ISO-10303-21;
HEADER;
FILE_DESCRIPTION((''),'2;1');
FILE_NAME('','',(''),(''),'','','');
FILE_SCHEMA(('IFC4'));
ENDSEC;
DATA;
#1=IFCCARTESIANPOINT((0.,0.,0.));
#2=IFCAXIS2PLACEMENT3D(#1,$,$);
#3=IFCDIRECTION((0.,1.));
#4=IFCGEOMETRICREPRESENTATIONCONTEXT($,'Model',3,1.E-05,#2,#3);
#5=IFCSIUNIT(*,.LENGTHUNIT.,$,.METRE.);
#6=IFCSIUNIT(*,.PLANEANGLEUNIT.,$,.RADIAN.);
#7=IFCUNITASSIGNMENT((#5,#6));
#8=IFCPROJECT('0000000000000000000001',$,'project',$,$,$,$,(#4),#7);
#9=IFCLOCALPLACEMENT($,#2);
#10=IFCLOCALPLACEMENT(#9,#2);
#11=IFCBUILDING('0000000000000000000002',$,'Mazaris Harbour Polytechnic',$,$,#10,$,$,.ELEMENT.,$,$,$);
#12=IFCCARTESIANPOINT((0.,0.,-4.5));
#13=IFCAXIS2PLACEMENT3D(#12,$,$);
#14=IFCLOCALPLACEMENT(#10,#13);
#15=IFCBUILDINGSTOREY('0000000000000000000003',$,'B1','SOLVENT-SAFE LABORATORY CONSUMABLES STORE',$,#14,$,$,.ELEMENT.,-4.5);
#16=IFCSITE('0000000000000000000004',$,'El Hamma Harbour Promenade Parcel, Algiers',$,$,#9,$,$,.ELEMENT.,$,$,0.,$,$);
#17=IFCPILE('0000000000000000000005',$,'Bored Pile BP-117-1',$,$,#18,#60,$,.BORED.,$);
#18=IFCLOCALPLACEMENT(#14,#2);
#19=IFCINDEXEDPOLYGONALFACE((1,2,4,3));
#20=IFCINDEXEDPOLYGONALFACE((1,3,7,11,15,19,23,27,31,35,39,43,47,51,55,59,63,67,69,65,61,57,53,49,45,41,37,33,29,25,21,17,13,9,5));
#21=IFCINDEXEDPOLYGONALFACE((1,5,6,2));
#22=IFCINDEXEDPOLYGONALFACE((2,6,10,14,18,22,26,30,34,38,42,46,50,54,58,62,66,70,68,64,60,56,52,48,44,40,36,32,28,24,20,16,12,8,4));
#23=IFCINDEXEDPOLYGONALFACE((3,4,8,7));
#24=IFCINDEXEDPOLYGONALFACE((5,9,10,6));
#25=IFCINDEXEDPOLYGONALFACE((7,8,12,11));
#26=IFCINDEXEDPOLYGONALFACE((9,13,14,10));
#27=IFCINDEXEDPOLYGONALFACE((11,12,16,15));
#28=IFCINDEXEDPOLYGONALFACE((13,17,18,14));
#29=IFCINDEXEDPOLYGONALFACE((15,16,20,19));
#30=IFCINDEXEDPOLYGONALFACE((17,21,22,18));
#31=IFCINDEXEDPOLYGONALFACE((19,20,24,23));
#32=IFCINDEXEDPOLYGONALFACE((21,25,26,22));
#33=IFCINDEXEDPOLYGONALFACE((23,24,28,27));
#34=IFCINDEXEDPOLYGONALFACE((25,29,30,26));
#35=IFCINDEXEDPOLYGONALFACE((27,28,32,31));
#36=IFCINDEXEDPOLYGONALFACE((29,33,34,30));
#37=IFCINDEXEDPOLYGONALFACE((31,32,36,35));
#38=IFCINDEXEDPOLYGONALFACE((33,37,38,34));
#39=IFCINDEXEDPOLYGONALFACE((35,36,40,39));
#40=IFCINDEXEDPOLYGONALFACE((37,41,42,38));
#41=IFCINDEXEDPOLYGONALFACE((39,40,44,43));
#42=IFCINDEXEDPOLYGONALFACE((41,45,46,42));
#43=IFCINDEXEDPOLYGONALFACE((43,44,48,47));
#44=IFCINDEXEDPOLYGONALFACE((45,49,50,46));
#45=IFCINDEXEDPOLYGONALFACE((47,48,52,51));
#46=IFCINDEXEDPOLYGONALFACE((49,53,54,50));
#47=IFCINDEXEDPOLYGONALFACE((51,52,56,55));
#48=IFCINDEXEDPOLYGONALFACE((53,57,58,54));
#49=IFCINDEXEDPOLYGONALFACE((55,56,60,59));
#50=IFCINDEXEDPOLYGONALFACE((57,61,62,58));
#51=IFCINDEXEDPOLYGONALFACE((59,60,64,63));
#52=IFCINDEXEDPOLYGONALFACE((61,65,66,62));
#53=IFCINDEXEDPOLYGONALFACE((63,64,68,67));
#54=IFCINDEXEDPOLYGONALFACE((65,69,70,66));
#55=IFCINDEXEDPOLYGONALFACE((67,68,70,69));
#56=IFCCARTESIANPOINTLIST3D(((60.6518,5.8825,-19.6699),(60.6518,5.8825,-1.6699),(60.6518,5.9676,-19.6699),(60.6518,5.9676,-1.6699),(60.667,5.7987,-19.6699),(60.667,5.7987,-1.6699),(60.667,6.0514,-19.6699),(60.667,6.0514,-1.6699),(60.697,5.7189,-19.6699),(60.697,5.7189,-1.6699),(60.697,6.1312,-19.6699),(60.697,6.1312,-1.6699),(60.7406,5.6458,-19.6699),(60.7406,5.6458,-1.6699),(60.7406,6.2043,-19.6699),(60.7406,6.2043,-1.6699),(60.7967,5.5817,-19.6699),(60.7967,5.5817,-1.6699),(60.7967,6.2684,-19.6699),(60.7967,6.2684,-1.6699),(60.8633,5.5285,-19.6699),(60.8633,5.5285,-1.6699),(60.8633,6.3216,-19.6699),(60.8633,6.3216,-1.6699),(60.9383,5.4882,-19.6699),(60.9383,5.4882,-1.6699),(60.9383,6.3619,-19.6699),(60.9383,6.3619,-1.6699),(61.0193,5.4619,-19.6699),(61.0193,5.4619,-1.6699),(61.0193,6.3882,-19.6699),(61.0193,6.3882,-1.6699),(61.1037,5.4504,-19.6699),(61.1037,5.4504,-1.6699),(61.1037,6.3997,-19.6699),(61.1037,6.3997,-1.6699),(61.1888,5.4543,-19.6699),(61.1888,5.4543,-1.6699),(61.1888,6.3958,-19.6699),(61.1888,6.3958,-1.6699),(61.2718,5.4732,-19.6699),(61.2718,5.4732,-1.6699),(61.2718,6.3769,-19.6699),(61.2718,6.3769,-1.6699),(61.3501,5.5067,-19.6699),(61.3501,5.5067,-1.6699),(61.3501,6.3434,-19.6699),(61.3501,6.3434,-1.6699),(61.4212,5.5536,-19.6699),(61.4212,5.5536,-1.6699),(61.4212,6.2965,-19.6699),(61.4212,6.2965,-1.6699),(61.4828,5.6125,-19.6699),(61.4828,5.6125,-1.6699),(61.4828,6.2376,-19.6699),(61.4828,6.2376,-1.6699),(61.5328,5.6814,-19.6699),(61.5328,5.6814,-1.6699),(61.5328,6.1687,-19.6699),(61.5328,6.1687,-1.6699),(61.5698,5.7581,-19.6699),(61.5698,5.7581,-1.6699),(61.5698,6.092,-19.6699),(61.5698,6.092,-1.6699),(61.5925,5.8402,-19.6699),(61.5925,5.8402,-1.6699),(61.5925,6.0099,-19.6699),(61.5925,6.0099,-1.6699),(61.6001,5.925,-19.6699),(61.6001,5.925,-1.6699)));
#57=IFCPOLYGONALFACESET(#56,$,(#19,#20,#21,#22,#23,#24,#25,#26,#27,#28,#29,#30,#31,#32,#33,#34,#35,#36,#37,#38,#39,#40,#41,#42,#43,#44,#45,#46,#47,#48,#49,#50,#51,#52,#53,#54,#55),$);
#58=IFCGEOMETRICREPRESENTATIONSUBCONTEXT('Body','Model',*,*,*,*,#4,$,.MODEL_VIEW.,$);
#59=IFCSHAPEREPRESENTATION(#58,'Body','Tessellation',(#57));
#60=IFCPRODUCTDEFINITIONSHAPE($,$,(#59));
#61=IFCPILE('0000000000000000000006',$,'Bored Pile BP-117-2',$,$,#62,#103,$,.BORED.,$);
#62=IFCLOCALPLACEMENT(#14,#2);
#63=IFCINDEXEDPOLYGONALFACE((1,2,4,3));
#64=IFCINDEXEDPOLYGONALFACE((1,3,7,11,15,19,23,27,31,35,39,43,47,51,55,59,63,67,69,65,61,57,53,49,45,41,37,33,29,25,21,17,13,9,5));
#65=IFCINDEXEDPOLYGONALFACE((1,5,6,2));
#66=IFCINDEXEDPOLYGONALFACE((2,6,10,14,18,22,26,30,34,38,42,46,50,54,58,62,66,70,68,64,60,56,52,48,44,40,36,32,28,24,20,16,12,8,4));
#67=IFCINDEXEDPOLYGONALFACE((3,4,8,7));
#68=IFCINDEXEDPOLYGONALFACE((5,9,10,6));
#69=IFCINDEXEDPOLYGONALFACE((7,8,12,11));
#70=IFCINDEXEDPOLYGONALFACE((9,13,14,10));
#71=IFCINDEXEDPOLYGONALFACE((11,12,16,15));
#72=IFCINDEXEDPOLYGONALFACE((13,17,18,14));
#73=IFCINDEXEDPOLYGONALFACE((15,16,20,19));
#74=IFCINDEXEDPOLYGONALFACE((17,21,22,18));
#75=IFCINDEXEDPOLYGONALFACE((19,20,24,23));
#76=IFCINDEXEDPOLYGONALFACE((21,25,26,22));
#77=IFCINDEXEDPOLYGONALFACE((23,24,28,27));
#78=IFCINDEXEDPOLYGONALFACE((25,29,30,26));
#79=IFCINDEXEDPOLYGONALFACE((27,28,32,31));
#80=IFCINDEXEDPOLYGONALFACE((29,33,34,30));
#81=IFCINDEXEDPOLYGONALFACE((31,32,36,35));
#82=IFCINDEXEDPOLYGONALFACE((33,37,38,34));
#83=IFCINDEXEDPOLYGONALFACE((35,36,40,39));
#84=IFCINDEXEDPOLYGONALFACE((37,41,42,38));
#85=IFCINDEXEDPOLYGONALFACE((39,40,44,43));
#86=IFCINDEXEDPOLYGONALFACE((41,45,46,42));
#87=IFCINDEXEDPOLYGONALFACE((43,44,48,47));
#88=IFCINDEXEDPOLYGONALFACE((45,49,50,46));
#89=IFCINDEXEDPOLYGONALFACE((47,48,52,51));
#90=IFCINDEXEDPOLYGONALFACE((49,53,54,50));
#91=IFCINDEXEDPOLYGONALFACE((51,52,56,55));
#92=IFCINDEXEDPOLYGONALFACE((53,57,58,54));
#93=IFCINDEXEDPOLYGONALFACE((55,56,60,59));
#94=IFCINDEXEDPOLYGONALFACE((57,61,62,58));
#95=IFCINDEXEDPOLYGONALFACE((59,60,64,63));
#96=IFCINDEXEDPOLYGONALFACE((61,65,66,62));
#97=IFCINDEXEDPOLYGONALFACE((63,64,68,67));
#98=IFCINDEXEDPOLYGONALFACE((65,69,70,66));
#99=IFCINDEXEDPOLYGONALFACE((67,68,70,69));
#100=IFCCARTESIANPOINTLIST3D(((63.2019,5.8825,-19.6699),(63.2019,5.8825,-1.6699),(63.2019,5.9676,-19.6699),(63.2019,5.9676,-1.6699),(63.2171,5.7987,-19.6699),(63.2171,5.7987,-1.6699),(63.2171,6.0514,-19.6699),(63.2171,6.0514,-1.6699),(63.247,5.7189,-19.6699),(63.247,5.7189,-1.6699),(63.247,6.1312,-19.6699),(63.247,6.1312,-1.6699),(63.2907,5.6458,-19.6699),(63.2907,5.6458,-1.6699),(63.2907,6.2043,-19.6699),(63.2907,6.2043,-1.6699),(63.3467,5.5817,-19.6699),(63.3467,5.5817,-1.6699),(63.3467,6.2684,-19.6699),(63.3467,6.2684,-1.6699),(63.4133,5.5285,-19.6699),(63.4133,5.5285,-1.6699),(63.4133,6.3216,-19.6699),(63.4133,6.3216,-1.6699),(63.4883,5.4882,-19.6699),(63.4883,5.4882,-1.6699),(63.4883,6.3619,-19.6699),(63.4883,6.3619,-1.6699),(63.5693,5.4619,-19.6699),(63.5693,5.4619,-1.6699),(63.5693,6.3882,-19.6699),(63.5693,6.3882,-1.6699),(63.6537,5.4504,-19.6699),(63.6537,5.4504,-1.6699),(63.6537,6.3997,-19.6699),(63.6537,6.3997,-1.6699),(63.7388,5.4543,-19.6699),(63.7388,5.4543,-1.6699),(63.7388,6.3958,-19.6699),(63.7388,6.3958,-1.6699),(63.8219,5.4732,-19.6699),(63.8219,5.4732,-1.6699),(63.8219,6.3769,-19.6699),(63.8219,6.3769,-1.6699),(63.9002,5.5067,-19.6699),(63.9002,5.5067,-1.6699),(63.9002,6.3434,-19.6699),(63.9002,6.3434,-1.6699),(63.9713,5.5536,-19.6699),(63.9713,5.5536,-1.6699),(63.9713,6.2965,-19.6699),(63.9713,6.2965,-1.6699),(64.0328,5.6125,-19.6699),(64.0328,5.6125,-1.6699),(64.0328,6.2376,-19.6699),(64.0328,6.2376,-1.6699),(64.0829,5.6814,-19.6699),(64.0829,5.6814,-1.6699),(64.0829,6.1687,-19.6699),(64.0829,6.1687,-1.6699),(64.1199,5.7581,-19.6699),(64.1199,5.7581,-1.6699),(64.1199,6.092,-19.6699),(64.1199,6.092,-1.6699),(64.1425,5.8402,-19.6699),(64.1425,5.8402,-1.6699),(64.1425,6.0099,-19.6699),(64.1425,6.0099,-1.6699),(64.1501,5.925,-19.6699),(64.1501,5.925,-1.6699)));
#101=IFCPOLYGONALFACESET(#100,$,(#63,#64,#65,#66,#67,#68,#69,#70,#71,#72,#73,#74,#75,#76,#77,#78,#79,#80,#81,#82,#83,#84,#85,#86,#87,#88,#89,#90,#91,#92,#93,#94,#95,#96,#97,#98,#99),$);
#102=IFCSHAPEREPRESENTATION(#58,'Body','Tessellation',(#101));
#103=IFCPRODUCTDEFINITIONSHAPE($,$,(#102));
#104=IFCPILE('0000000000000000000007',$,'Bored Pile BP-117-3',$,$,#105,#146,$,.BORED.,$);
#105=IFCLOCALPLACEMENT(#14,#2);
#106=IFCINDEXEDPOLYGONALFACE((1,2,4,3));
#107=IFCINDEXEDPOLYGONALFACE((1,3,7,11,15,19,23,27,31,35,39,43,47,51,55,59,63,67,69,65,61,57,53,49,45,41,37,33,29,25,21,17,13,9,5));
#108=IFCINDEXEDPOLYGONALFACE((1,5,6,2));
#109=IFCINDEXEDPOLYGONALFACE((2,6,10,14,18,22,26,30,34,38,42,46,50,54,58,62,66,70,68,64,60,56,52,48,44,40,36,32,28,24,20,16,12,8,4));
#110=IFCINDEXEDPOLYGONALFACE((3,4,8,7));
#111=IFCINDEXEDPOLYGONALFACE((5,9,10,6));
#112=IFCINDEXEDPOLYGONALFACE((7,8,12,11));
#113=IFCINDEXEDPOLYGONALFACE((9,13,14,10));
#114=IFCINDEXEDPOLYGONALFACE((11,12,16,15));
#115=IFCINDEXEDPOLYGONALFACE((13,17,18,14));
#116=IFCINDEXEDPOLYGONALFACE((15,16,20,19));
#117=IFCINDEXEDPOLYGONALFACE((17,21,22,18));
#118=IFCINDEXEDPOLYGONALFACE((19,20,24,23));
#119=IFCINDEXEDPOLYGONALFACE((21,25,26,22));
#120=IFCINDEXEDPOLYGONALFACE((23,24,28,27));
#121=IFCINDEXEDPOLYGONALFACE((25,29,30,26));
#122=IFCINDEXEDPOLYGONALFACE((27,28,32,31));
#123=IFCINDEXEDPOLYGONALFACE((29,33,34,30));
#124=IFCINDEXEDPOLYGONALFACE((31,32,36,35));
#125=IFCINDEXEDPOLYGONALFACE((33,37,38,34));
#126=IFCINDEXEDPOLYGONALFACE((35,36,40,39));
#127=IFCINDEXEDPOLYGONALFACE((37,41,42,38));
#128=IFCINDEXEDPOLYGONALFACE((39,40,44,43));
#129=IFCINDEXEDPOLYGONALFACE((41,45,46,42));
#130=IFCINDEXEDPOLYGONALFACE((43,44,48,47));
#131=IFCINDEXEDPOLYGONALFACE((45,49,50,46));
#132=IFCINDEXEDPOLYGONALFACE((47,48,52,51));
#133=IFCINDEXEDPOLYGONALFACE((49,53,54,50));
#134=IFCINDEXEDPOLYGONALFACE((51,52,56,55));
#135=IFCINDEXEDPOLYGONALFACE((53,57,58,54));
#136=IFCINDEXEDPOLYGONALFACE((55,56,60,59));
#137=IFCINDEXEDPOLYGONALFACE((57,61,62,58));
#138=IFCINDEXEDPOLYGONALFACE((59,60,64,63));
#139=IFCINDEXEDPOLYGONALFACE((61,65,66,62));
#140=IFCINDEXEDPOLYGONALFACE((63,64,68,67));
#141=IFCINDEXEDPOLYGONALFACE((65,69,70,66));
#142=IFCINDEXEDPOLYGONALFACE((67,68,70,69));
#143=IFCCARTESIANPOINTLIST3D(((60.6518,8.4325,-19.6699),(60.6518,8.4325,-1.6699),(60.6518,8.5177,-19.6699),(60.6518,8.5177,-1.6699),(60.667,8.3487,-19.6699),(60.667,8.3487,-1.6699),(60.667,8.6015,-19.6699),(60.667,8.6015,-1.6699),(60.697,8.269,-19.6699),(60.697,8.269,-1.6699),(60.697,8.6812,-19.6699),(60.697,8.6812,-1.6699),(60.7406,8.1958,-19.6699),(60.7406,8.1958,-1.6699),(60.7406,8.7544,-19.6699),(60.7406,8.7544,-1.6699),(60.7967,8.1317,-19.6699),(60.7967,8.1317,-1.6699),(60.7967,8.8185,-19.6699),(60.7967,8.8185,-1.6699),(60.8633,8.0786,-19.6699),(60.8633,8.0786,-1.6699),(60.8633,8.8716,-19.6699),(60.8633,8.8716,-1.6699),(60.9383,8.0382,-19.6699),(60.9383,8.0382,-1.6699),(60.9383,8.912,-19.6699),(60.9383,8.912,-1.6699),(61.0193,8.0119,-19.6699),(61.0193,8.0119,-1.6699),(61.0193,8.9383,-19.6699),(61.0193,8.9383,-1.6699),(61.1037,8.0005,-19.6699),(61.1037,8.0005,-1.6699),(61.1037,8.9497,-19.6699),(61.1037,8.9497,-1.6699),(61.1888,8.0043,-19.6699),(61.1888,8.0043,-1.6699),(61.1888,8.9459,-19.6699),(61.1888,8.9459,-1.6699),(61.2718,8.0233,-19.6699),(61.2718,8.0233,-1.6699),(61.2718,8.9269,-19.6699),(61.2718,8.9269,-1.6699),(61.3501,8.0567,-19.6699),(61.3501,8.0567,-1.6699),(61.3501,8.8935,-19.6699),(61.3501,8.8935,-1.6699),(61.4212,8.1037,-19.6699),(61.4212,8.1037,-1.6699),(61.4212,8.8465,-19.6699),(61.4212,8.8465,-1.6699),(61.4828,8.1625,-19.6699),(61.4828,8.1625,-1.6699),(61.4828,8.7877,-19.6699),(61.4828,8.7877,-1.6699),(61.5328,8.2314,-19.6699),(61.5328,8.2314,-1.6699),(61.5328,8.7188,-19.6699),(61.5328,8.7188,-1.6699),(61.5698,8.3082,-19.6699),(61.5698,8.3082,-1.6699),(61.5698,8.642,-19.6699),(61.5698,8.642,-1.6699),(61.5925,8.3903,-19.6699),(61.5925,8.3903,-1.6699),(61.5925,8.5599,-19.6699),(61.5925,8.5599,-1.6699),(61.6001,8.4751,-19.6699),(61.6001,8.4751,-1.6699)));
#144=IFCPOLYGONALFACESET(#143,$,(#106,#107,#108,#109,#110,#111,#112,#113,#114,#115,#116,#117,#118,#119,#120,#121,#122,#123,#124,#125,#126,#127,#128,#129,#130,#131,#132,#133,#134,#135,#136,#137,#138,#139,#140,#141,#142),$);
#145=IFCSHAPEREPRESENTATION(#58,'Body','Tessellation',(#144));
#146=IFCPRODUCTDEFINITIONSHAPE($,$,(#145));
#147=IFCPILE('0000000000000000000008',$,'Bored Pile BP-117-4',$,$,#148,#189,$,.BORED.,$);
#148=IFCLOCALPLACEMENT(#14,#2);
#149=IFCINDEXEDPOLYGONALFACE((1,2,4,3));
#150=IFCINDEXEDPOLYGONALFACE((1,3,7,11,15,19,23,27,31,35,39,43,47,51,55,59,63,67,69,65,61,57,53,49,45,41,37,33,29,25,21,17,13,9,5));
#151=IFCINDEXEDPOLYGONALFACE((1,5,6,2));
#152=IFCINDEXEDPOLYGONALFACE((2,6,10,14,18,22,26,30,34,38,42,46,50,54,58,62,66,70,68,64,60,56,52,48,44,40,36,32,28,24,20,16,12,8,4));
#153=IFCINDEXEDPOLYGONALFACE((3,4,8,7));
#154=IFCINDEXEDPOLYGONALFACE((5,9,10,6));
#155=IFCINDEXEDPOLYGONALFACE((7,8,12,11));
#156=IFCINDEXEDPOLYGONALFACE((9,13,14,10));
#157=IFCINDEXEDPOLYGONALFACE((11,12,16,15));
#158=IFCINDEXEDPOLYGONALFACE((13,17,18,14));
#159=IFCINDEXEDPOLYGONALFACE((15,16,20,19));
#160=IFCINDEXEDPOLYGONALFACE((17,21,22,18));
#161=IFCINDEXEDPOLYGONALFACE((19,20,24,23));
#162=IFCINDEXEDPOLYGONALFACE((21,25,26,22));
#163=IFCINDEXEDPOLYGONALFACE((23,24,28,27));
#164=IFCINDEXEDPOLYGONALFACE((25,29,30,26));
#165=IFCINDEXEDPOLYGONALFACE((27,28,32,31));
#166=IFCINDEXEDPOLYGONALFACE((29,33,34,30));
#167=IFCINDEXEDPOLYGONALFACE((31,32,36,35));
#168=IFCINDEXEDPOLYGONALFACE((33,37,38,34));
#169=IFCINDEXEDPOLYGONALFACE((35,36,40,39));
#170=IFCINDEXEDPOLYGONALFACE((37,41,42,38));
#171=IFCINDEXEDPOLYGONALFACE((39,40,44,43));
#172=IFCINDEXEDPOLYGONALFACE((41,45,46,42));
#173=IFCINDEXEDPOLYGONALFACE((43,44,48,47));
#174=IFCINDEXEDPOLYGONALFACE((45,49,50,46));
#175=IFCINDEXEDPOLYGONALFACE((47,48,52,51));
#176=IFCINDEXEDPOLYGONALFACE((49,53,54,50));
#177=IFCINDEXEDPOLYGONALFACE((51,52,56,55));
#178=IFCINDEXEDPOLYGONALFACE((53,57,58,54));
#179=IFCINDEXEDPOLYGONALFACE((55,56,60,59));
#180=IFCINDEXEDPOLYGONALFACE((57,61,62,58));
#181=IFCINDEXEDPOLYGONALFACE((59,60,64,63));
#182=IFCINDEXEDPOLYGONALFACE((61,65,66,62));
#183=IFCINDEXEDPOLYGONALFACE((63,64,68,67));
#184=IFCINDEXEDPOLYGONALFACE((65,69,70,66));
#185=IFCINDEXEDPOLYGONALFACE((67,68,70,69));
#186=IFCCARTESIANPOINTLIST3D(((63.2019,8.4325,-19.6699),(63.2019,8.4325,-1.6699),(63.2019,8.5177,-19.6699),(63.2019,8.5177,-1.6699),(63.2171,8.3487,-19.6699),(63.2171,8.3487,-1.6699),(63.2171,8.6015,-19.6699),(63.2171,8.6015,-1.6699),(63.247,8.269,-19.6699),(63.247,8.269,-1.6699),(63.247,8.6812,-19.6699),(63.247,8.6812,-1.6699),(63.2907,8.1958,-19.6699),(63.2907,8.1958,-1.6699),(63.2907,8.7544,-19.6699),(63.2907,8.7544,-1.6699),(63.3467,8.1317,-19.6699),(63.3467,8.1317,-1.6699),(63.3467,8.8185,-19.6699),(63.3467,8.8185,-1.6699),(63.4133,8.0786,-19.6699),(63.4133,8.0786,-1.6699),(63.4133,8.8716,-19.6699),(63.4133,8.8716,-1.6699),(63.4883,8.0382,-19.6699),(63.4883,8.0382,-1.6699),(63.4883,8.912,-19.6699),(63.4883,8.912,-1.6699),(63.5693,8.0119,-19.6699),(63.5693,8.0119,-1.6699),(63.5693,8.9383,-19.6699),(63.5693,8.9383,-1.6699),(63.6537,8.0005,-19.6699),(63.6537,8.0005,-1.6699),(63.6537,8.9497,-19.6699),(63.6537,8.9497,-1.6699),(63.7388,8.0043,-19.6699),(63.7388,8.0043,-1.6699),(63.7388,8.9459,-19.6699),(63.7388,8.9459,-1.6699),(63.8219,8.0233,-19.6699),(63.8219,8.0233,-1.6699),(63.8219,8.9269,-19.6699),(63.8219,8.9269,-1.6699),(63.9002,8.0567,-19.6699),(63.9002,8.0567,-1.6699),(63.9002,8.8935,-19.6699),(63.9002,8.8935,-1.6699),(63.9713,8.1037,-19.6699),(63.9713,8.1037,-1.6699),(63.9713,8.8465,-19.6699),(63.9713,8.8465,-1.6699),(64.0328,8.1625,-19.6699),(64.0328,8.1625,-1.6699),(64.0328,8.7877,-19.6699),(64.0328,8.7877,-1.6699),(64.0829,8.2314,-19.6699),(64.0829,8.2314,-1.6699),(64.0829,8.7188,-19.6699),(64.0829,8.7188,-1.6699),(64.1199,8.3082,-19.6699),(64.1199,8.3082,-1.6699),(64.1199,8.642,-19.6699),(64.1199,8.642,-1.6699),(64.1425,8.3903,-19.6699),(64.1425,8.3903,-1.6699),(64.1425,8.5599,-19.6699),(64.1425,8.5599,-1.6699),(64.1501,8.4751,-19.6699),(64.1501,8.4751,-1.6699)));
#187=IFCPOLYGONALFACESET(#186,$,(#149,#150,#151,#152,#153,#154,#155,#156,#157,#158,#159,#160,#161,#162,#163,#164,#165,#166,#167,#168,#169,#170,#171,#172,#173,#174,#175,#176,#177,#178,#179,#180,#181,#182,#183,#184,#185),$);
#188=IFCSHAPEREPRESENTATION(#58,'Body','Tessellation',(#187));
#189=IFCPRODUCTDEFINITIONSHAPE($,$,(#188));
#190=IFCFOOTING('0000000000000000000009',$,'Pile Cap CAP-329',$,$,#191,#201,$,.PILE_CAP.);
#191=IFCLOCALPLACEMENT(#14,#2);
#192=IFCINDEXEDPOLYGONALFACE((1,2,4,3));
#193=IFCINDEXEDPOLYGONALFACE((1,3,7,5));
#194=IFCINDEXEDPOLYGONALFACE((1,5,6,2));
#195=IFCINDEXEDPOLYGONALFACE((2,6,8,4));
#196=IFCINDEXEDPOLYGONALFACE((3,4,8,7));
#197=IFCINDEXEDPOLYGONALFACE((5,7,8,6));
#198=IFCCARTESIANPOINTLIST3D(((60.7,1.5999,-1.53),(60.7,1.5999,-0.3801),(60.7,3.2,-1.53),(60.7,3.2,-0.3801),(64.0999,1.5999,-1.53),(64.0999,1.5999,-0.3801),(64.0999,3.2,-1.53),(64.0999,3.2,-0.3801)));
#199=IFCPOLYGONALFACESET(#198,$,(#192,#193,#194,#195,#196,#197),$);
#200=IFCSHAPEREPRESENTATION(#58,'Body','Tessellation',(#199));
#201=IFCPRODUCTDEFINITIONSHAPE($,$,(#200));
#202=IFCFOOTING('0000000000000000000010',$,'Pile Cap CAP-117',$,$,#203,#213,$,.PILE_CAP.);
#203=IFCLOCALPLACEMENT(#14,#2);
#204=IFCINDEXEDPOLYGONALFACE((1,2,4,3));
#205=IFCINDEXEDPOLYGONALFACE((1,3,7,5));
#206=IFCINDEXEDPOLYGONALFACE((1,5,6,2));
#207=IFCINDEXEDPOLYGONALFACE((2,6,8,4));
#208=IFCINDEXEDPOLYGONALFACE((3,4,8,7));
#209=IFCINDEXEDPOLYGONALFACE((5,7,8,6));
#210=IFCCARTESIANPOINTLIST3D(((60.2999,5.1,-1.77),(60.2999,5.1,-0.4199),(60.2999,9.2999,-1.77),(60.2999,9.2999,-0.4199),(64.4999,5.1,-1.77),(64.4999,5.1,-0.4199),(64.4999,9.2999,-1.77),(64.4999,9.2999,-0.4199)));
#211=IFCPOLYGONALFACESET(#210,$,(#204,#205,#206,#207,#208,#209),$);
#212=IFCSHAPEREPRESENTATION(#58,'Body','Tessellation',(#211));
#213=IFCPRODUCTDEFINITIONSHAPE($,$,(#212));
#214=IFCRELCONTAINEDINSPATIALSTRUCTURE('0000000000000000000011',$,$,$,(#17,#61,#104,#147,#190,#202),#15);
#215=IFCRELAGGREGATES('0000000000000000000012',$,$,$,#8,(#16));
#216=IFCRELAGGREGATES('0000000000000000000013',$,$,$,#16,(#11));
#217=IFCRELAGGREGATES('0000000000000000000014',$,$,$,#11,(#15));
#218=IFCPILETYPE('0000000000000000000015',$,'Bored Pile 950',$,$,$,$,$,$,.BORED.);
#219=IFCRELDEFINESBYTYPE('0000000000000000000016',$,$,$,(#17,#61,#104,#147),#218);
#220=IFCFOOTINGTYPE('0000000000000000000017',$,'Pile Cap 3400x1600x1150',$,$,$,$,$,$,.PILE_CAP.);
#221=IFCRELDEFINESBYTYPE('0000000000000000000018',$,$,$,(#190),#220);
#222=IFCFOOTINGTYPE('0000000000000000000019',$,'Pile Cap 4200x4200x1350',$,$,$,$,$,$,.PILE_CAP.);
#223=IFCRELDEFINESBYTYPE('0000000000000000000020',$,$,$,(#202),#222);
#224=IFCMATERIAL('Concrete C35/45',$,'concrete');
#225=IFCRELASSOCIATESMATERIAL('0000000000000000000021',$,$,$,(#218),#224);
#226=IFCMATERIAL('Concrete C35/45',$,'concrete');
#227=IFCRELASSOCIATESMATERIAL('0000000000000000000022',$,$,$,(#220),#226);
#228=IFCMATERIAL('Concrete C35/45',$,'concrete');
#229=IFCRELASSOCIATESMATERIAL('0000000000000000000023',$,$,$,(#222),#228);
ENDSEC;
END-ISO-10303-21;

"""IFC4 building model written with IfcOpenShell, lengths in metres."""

from ifc_helpers import new_model, si_unit, direction, frame, origin, origin_2d, place, context, subcontext, project, spatial, rectangle, circle, extrude, material, material_profile, profile_set, type_object, element, save


model = new_model("IFC4")

# Units and contexts
model_context = context("Model", 3, precision=1e-05, world=origin(), true_north=direction((0.0, 1.0)))
body_context = subcontext(model_context, "Body", "Model", "MODEL_VIEW")
ifc_project = project(units=[si_unit("LENGTHUNIT", "METRE"), si_unit("PLANEANGLEUNIT", "RADIAN")], contexts=[model_context])

# Site, building, storey
site_placement = place(None, origin())
site = spatial("IfcSite", under=ifc_project, at=site_placement, Name="El Hamma Harbour Promenade Parcel, Algiers", CompositionType="ELEMENT", RefElevation=0.0)
building_placement = place(site_placement, origin())
building = spatial("IfcBuilding", under=site, at=building_placement, Name="Mazaris Harbour Polytechnic", CompositionType="ELEMENT")
storey_placement = place(building_placement, frame((0.0, 0.0, -4.5)))
storey = spatial("IfcBuildingStorey", under=building, at=storey_placement, Name="B1", Description="SOLVENT-SAFE LABORATORY CONSUMABLES STORE", CompositionType="ELEMENT", Elevation=-4.5)

# Piles
ifc_material_1 = material(Name="Concrete C35/45", Category="concrete")
ifc_material_profile_1 = material_profile(ifc_material_1, circle(Radius=0.4751, at=origin_2d()), Name="DIA950")
ifc_profile_set_1 = profile_set([ifc_material_profile_1], Name="Concrete C35/45")
pile_type_1 = type_object("IfcPileType", Name="Bored Pile 950", PredefinedType="BORED", material=ifc_profile_set_1)
for number, where, z_axis, x_axis, name in (
    (1, (61.125, 5.925, -1.6699), (0.0, 0.0, -1.0), (1.0, 0.0, 0.0), "Bored Pile BP-117-1"),
    (2, (63.675, 5.925, -1.6699), (0.0, 0.0, -1.0), (1.0, 0.0, 0.0), "Bored Pile BP-117-2"),
    (3, (61.125, 8.4751, -1.6699), (0.0, 0.0, -1.0), (1.0, 0.0, 0.0), "Bored Pile BP-117-3"),
    (4, (63.675, 8.4751, -1.6699), (0.0, 0.0, -1.0), (1.0, 0.0, 0.0), "Bored Pile BP-117-4"),
):
    element("IfcPile", number, at=place(storey_placement, frame(where, z_axis=z_axis, x_axis=x_axis)), inside=storey, type_object=pile_type_1, Name=name, PredefinedType="BORED", context=body_context, shape_type="SweptSolid", body=[
        extrude(circle(Radius=0.4751, at=origin_2d()), origin(), (0.0, 0.0, 1.0), 18.0),
    ])

# Footings
ifc_material_2 = material(Name="Concrete C35/45", Category="concrete")
footing_type_1 = type_object("IfcFootingType", Name="Pile Cap 3400x1600x1150", PredefinedType="PILE_CAP", material=ifc_material_2)
footing_1_placement = place(storey_placement, frame((62.3999, 2.3999, -1.53), z_axis=(0.0, 0.0, 1.0), x_axis=(1.0, 0.0, 0.0)))
element("IfcFooting", 5, at=footing_1_placement, inside=storey, type_object=footing_type_1, Name="Pile Cap CAP-329", PredefinedType="PILE_CAP", context=body_context, shape_type="SweptSolid", body=[
    extrude(rectangle(XDim=3.3999, YDim=1.6001, at=origin_2d()), origin(), (0.0, 0.0, 1.0), 1.1499),
])
ifc_material_3 = material(Name="Concrete C35/45", Category="concrete")
footing_type_2 = type_object("IfcFootingType", Name="Pile Cap 4200x4200x1350", PredefinedType="PILE_CAP", material=ifc_material_3)
footing_2_placement = place(storey_placement, frame((62.3999, 7.2, -1.77), z_axis=(0.0, 0.0, 1.0), x_axis=(1.0, 0.0, 0.0)))
element("IfcFooting", 6, at=footing_2_placement, inside=storey, type_object=footing_type_2, Name="Pile Cap CAP-117", PredefinedType="PILE_CAP", context=body_context, shape_type="SweptSolid", body=[
    extrude(rectangle(XDim=4.2, YDim=4.2, at=origin_2d()), origin(), (0.0, 0.0, 1.0), 1.3501),
])

save(model, "model.ifc")
